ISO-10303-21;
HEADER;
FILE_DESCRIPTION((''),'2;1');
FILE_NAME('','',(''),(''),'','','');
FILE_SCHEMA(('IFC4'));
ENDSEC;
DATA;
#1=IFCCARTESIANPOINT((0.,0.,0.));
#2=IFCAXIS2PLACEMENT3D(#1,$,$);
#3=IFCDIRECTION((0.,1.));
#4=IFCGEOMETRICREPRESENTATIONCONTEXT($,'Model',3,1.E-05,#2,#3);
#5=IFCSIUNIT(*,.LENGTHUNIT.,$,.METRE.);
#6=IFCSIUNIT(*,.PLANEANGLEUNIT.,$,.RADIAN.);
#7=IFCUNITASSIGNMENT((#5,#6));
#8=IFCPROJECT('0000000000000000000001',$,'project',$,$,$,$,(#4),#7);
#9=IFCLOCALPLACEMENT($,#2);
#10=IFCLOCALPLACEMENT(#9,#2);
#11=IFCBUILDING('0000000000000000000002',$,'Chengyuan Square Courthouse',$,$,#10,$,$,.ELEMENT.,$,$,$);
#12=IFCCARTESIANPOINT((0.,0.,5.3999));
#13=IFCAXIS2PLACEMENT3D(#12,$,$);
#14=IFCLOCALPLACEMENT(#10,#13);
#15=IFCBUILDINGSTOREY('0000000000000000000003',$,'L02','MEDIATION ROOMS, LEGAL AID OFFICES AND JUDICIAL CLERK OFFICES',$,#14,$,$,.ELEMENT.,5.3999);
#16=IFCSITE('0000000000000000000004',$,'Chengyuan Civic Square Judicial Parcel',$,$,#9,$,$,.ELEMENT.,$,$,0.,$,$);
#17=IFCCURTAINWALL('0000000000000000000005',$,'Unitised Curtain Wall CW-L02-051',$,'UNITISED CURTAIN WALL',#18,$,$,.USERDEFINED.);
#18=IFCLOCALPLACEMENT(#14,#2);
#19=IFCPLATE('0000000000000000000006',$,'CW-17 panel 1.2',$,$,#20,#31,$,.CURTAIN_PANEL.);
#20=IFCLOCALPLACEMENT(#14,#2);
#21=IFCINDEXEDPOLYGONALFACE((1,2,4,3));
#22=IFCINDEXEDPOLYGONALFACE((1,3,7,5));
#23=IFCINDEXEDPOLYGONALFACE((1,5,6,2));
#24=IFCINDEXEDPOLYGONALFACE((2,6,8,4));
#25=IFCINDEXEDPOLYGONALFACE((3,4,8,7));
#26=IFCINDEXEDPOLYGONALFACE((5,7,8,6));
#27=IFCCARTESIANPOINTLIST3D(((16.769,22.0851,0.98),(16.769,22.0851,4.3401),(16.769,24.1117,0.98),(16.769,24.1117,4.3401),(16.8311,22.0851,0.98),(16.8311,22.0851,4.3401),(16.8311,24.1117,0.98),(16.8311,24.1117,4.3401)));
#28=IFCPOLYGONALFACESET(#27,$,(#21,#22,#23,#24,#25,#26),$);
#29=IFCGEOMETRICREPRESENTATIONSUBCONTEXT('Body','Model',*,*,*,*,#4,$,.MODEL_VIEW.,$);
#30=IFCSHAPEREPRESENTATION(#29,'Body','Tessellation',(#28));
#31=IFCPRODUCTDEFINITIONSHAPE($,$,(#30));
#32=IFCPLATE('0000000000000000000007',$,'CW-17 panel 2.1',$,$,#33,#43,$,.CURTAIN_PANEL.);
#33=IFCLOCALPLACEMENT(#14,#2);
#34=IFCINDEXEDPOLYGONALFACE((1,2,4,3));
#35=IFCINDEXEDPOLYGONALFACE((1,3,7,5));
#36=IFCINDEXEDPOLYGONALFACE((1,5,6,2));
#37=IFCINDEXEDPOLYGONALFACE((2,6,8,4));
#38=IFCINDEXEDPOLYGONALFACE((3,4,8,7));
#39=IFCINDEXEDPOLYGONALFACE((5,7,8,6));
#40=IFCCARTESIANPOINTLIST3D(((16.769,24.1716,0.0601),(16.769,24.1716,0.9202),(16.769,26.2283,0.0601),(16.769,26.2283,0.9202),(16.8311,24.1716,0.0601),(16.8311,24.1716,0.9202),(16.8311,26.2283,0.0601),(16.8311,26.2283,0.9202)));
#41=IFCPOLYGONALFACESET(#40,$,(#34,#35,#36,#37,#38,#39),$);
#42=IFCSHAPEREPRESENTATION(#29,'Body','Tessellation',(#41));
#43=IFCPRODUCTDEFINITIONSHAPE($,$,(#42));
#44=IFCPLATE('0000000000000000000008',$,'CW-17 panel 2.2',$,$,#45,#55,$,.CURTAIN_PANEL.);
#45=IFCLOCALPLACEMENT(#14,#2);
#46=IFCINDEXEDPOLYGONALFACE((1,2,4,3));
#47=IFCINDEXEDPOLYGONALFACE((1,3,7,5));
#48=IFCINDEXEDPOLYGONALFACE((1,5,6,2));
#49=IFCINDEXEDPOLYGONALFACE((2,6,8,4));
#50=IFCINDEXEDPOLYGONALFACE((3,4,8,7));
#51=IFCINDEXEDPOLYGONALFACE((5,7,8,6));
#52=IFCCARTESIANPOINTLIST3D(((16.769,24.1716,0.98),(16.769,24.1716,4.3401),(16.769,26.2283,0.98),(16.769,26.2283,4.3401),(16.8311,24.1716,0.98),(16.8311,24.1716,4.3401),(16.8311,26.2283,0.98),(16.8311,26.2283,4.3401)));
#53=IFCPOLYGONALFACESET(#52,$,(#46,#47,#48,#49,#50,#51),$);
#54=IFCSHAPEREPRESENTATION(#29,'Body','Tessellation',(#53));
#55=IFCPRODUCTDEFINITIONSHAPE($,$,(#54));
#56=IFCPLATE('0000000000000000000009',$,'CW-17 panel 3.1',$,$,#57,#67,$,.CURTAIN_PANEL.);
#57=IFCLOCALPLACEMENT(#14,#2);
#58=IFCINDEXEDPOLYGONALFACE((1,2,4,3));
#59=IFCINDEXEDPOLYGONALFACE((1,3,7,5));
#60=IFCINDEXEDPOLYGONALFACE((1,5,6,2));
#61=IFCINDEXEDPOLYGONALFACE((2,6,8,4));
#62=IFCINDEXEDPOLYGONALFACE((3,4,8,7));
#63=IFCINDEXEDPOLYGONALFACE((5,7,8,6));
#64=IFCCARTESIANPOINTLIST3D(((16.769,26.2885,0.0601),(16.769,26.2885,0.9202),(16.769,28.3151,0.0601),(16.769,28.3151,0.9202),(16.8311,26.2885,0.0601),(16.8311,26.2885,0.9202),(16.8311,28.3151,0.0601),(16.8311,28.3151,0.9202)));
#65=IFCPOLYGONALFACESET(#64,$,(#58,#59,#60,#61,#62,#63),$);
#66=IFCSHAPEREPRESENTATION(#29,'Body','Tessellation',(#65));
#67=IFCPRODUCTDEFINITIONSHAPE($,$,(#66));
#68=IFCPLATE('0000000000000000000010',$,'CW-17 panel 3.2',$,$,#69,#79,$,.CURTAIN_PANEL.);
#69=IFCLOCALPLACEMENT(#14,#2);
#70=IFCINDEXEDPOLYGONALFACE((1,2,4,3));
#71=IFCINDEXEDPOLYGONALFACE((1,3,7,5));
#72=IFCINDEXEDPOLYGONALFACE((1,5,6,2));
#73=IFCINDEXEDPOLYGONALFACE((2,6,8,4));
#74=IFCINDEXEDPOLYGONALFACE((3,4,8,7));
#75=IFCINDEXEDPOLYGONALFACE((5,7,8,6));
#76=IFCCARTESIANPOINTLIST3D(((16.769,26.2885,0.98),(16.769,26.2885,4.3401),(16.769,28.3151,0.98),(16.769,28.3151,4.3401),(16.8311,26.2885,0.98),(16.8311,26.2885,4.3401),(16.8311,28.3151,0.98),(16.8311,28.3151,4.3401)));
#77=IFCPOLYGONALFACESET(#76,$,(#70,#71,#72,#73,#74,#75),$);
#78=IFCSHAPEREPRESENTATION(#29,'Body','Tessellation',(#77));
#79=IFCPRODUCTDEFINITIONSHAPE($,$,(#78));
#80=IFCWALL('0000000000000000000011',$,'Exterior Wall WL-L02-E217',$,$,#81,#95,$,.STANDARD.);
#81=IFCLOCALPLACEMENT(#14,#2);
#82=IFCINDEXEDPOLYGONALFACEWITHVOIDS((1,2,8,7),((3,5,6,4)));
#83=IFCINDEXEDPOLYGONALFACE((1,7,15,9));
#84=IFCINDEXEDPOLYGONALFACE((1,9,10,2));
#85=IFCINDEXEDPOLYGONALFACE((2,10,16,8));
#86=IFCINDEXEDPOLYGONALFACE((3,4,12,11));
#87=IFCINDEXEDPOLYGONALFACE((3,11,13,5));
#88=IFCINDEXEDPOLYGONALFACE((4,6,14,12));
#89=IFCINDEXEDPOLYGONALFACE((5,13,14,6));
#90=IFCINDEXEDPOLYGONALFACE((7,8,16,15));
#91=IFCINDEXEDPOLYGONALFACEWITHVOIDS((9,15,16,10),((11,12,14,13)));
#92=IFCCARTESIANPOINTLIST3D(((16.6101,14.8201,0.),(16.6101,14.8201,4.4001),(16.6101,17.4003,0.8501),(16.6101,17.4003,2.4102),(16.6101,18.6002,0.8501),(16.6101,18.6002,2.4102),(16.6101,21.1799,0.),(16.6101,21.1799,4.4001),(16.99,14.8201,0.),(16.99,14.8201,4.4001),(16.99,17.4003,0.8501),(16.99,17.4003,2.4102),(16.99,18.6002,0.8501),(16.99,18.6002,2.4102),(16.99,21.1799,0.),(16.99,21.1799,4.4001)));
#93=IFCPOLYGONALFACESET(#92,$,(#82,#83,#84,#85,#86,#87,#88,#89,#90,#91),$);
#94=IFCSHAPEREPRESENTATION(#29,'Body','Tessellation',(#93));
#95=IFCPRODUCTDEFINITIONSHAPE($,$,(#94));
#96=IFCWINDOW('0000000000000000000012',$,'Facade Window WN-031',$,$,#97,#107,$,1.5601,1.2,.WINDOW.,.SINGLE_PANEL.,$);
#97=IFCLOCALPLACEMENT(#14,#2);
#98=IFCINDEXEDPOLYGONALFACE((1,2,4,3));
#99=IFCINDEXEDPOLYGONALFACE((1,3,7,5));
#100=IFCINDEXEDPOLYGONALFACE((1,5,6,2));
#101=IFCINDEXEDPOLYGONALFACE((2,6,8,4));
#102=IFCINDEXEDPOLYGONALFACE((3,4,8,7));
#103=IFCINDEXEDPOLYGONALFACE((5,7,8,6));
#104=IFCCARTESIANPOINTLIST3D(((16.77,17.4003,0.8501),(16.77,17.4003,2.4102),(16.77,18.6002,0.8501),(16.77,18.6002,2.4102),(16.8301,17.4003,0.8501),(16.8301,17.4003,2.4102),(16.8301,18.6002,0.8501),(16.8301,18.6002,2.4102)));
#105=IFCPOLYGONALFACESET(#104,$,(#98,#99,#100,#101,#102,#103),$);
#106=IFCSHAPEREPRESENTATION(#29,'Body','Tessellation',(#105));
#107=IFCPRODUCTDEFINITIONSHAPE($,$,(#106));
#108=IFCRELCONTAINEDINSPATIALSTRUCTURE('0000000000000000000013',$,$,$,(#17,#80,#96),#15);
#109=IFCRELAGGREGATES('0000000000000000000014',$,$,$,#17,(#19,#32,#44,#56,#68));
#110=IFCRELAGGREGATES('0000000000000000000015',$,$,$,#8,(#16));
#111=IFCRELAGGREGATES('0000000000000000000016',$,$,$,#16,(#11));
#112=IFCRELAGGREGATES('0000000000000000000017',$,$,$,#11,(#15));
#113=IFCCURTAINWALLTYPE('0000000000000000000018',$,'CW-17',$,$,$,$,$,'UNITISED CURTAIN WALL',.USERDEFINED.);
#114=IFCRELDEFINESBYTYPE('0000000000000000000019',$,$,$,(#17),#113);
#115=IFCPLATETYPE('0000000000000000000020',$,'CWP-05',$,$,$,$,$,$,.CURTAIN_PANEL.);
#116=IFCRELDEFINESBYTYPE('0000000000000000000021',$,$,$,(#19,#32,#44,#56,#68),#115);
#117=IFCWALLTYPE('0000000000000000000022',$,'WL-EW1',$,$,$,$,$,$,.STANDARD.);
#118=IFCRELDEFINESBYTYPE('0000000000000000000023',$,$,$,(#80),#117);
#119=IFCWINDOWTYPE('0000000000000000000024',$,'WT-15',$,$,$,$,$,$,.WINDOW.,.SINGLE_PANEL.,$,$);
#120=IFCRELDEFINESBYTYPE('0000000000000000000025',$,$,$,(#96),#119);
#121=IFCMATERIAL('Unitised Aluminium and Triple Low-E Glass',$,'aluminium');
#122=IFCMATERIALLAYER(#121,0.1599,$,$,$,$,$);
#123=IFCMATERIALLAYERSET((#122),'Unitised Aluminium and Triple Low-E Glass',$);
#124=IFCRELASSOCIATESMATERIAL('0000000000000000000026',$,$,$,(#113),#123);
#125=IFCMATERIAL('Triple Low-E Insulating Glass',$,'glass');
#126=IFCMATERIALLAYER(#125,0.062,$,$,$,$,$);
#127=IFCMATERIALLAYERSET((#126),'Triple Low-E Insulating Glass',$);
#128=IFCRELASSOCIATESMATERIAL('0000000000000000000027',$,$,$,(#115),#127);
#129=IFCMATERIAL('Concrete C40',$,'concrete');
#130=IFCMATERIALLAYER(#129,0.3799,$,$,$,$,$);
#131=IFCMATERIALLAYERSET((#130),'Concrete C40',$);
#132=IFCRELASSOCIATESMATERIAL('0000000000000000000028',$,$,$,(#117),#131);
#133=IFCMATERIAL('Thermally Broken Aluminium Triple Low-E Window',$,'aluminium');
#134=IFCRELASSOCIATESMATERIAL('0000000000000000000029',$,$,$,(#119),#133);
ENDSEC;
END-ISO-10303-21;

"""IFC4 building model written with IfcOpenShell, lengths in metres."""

from ifc_helpers import new_model, si_unit, direction, frame, frame_2d, origin, origin_2d, place, context, subcontext, project, spatial, rectangle, extrude, material, layer, layer_set, type_object, element, fill, aggregate, save


model = new_model("IFC4")

# Units and contexts
model_context = context("Model", 3, precision=1e-05, world=origin(), true_north=direction((0.0, 1.0)))
body_context = subcontext(model_context, "Body", "Model", "MODEL_VIEW")
ifc_project = project(units=[si_unit("LENGTHUNIT", "METRE"), si_unit("PLANEANGLEUNIT", "RADIAN")], contexts=[model_context])

# Site, building, storey
site_placement = place(None, origin())
site = spatial("IfcSite", under=ifc_project, at=site_placement, Name="Chengyuan Civic Square Judicial Parcel", CompositionType="ELEMENT", RefElevation=0.0)
building_placement = place(site_placement, origin())
building = spatial("IfcBuilding", under=site, at=building_placement, Name="Chengyuan Square Courthouse", CompositionType="ELEMENT")
storey_placement = place(building_placement, frame((0.0, 0.0, 5.3999)))
storey = spatial("IfcBuildingStorey", under=building, at=storey_placement, Name="L02", Description="MEDIATION ROOMS, LEGAL AID OFFICES AND JUDICIAL CLERK OFFICES", CompositionType="ELEMENT", Elevation=5.3999)

# Shared definitions
ifc_material_1 = material(Name="Concrete C40", Category="concrete")

# Shared definitions
ifc_material_2 = material(Name="Unitised Aluminium and Triple Low-E Glass", Category="aluminium")
ifc_layer_1 = layer(ifc_material_2, 0.1599)
ifc_layer_set_1 = layer_set([ifc_layer_1], Name="Unitised Aluminium and Triple Low-E Glass")
curtain_wall_type = type_object("IfcCurtainWallType", Name="CW-17", ElementType="UNITISED CURTAIN WALL", PredefinedType="USERDEFINED", material=ifc_layer_set_1)

# Curtain wall
curtain_wall_1_placement = place(storey_placement, origin())
curtain_wall_1 = element("IfcCurtainWall", 1, at=curtain_wall_1_placement, inside=storey, type_object=curtain_wall_type, Name="Unitised Curtain Wall CW-L02-051", ObjectType="UNITISED CURTAIN WALL", PredefinedType="USERDEFINED")

# Plates
ifc_material_3 = material(Name="Triple Low-E Insulating Glass", Category="glass")
ifc_layer_2 = layer(ifc_material_3, 0.062)
ifc_layer_set_2 = layer_set([ifc_layer_2], Name="Triple Low-E Insulating Glass")
plate_type = type_object("IfcPlateType", Name="CWP-05", PredefinedType="CURTAIN_PANEL", material=ifc_layer_set_2)
plate_1_placement = place(storey_placement, frame((16.8, 23.0984, 0.98), z_axis=(0.0, 0.0, 1.0), x_axis=(0.0, 1.0, 0.0)))
plate_1 = element("IfcPlate", 2, at=plate_1_placement, type_object=plate_type, Name="CW-17 panel 1.2", PredefinedType="CURTAIN_PANEL", context=body_context, shape_type="SweptSolid", body=[
    extrude(rectangle(XDim=2.0266, YDim=0.062, at=origin_2d()), origin(), (0.0, 0.0, 1.0), 3.3601),
])
plate_2_placement = place(storey_placement, frame((16.8, 25.2, 0.0601), z_axis=(0.0, 0.0, 1.0), x_axis=(0.0, 1.0, 0.0)))
plate_2 = element("IfcPlate", 3, at=plate_2_placement, type_object=plate_type, Name="CW-17 panel 2.1", PredefinedType="CURTAIN_PANEL", context=body_context, shape_type="SweptSolid", body=[
    extrude(rectangle(XDim=2.0566, YDim=0.062, at=origin_2d()), origin(), (0.0, 0.0, 1.0), 0.8601),
])
plate_3_placement = place(storey_placement, frame((16.8, 25.2, 0.98), z_axis=(0.0, 0.0, 1.0), x_axis=(0.0, 1.0, 0.0)))
plate_3 = element("IfcPlate", 4, at=plate_3_placement, type_object=plate_type, Name="CW-17 panel 2.2", PredefinedType="CURTAIN_PANEL", context=body_context, shape_type="SweptSolid", body=[
    extrude(rectangle(XDim=2.0566, YDim=0.062, at=origin_2d()), origin(), (0.0, 0.0, 1.0), 3.3601),
])
plate_4_placement = place(storey_placement, frame((16.8, 27.3018, 0.0601), z_axis=(0.0, 0.0, 1.0), x_axis=(0.0, 1.0, 0.0)))
plate_4 = element("IfcPlate", 5, at=plate_4_placement, type_object=plate_type, Name="CW-17 panel 3.1", PredefinedType="CURTAIN_PANEL", context=body_context, shape_type="SweptSolid", body=[
    extrude(rectangle(XDim=2.0266, YDim=0.062, at=origin_2d()), origin(), (0.0, 0.0, 1.0), 0.8601),
])
plate_5_placement = place(storey_placement, frame((16.8, 27.3018, 0.98), z_axis=(0.0, 0.0, 1.0), x_axis=(0.0, 1.0, 0.0)))
plate_5 = element("IfcPlate", 6, at=plate_5_placement, type_object=plate_type, Name="CW-17 panel 3.2", PredefinedType="CURTAIN_PANEL", context=body_context, shape_type="SweptSolid", body=[
    extrude(rectangle(XDim=2.0266, YDim=0.062, at=origin_2d()), origin(), (0.0, 0.0, 1.0), 3.3601),
])
aggregate(curtain_wall_1, [plate_1, plate_2, plate_3, plate_4, plate_5])

# Wall, opening, window
ifc_layer_3 = layer(ifc_material_1, 0.3799)
ifc_layer_set_3 = layer_set([ifc_layer_3], Name="Concrete C40")
wall_type = type_object("IfcWallType", Name="WL-EW1", PredefinedType="STANDARD", material=ifc_layer_set_3)
wall_placement = place(storey_placement, frame((16.8, 14.8201, 0.0), z_axis=(0.0, 0.0, 1.0), x_axis=(0.0, 1.0, 0.0)))
wall = element("IfcWall", 7, at=wall_placement, inside=storey, type_object=wall_type, Name="Exterior Wall WL-L02-E217", PredefinedType="STANDARD", context=body_context, shape_type="SweptSolid", body=[
    extrude(rectangle(XDim=6.3599, YDim=0.3799, at=frame_2d((3.1799, 0.0))), origin(), (0.0, 0.0, 1.0), 4.4001),
])
opening_placement = place(wall_placement, frame((2.5801, 0.0, 0.8501)))
opening = element("IfcOpeningElement", 8, at=opening_placement, cuts=wall, PredefinedType="OPENING", context=body_context, shape_type="SweptSolid", body=[
    extrude(rectangle(XDim=1.2, YDim=1.5601, at=frame_2d((0.6001, 0.78))), frame((0.0, 0.2019, 0.0), z_axis=(0.0, -1.0, 0.0), x_axis=(1.0, 0.0, 0.0)), (0.0, 0.0, 1.0), 0.4038),
])
ifc_material_4 = material(Name="Thermally Broken Aluminium Triple Low-E Window", Category="aluminium")
window_type = type_object("IfcWindowType", Name="WT-15", PartitioningType="SINGLE_PANEL", PredefinedType="WINDOW", material=ifc_material_4)
window_placement = place(opening_placement, origin())
window = element("IfcWindow", 9, at=window_placement, inside=storey, type_object=window_type, Name="Facade Window WN-031", OverallHeight=1.5601, OverallWidth=1.2, PartitioningType="SINGLE_PANEL", PredefinedType="WINDOW", context=body_context, shape_type="SweptSolid", body=[
    extrude(rectangle(XDim=1.2, YDim=1.5601, at=frame_2d((0.6001, 0.78))), frame((0.0, 0.03, 0.0), z_axis=(0.0, -1.0, 0.0), x_axis=(1.0, 0.0, 0.0)), (0.0, 0.0, 1.0), 0.0601),
])
fill(opening, window)

save(model, "model.ifc")
